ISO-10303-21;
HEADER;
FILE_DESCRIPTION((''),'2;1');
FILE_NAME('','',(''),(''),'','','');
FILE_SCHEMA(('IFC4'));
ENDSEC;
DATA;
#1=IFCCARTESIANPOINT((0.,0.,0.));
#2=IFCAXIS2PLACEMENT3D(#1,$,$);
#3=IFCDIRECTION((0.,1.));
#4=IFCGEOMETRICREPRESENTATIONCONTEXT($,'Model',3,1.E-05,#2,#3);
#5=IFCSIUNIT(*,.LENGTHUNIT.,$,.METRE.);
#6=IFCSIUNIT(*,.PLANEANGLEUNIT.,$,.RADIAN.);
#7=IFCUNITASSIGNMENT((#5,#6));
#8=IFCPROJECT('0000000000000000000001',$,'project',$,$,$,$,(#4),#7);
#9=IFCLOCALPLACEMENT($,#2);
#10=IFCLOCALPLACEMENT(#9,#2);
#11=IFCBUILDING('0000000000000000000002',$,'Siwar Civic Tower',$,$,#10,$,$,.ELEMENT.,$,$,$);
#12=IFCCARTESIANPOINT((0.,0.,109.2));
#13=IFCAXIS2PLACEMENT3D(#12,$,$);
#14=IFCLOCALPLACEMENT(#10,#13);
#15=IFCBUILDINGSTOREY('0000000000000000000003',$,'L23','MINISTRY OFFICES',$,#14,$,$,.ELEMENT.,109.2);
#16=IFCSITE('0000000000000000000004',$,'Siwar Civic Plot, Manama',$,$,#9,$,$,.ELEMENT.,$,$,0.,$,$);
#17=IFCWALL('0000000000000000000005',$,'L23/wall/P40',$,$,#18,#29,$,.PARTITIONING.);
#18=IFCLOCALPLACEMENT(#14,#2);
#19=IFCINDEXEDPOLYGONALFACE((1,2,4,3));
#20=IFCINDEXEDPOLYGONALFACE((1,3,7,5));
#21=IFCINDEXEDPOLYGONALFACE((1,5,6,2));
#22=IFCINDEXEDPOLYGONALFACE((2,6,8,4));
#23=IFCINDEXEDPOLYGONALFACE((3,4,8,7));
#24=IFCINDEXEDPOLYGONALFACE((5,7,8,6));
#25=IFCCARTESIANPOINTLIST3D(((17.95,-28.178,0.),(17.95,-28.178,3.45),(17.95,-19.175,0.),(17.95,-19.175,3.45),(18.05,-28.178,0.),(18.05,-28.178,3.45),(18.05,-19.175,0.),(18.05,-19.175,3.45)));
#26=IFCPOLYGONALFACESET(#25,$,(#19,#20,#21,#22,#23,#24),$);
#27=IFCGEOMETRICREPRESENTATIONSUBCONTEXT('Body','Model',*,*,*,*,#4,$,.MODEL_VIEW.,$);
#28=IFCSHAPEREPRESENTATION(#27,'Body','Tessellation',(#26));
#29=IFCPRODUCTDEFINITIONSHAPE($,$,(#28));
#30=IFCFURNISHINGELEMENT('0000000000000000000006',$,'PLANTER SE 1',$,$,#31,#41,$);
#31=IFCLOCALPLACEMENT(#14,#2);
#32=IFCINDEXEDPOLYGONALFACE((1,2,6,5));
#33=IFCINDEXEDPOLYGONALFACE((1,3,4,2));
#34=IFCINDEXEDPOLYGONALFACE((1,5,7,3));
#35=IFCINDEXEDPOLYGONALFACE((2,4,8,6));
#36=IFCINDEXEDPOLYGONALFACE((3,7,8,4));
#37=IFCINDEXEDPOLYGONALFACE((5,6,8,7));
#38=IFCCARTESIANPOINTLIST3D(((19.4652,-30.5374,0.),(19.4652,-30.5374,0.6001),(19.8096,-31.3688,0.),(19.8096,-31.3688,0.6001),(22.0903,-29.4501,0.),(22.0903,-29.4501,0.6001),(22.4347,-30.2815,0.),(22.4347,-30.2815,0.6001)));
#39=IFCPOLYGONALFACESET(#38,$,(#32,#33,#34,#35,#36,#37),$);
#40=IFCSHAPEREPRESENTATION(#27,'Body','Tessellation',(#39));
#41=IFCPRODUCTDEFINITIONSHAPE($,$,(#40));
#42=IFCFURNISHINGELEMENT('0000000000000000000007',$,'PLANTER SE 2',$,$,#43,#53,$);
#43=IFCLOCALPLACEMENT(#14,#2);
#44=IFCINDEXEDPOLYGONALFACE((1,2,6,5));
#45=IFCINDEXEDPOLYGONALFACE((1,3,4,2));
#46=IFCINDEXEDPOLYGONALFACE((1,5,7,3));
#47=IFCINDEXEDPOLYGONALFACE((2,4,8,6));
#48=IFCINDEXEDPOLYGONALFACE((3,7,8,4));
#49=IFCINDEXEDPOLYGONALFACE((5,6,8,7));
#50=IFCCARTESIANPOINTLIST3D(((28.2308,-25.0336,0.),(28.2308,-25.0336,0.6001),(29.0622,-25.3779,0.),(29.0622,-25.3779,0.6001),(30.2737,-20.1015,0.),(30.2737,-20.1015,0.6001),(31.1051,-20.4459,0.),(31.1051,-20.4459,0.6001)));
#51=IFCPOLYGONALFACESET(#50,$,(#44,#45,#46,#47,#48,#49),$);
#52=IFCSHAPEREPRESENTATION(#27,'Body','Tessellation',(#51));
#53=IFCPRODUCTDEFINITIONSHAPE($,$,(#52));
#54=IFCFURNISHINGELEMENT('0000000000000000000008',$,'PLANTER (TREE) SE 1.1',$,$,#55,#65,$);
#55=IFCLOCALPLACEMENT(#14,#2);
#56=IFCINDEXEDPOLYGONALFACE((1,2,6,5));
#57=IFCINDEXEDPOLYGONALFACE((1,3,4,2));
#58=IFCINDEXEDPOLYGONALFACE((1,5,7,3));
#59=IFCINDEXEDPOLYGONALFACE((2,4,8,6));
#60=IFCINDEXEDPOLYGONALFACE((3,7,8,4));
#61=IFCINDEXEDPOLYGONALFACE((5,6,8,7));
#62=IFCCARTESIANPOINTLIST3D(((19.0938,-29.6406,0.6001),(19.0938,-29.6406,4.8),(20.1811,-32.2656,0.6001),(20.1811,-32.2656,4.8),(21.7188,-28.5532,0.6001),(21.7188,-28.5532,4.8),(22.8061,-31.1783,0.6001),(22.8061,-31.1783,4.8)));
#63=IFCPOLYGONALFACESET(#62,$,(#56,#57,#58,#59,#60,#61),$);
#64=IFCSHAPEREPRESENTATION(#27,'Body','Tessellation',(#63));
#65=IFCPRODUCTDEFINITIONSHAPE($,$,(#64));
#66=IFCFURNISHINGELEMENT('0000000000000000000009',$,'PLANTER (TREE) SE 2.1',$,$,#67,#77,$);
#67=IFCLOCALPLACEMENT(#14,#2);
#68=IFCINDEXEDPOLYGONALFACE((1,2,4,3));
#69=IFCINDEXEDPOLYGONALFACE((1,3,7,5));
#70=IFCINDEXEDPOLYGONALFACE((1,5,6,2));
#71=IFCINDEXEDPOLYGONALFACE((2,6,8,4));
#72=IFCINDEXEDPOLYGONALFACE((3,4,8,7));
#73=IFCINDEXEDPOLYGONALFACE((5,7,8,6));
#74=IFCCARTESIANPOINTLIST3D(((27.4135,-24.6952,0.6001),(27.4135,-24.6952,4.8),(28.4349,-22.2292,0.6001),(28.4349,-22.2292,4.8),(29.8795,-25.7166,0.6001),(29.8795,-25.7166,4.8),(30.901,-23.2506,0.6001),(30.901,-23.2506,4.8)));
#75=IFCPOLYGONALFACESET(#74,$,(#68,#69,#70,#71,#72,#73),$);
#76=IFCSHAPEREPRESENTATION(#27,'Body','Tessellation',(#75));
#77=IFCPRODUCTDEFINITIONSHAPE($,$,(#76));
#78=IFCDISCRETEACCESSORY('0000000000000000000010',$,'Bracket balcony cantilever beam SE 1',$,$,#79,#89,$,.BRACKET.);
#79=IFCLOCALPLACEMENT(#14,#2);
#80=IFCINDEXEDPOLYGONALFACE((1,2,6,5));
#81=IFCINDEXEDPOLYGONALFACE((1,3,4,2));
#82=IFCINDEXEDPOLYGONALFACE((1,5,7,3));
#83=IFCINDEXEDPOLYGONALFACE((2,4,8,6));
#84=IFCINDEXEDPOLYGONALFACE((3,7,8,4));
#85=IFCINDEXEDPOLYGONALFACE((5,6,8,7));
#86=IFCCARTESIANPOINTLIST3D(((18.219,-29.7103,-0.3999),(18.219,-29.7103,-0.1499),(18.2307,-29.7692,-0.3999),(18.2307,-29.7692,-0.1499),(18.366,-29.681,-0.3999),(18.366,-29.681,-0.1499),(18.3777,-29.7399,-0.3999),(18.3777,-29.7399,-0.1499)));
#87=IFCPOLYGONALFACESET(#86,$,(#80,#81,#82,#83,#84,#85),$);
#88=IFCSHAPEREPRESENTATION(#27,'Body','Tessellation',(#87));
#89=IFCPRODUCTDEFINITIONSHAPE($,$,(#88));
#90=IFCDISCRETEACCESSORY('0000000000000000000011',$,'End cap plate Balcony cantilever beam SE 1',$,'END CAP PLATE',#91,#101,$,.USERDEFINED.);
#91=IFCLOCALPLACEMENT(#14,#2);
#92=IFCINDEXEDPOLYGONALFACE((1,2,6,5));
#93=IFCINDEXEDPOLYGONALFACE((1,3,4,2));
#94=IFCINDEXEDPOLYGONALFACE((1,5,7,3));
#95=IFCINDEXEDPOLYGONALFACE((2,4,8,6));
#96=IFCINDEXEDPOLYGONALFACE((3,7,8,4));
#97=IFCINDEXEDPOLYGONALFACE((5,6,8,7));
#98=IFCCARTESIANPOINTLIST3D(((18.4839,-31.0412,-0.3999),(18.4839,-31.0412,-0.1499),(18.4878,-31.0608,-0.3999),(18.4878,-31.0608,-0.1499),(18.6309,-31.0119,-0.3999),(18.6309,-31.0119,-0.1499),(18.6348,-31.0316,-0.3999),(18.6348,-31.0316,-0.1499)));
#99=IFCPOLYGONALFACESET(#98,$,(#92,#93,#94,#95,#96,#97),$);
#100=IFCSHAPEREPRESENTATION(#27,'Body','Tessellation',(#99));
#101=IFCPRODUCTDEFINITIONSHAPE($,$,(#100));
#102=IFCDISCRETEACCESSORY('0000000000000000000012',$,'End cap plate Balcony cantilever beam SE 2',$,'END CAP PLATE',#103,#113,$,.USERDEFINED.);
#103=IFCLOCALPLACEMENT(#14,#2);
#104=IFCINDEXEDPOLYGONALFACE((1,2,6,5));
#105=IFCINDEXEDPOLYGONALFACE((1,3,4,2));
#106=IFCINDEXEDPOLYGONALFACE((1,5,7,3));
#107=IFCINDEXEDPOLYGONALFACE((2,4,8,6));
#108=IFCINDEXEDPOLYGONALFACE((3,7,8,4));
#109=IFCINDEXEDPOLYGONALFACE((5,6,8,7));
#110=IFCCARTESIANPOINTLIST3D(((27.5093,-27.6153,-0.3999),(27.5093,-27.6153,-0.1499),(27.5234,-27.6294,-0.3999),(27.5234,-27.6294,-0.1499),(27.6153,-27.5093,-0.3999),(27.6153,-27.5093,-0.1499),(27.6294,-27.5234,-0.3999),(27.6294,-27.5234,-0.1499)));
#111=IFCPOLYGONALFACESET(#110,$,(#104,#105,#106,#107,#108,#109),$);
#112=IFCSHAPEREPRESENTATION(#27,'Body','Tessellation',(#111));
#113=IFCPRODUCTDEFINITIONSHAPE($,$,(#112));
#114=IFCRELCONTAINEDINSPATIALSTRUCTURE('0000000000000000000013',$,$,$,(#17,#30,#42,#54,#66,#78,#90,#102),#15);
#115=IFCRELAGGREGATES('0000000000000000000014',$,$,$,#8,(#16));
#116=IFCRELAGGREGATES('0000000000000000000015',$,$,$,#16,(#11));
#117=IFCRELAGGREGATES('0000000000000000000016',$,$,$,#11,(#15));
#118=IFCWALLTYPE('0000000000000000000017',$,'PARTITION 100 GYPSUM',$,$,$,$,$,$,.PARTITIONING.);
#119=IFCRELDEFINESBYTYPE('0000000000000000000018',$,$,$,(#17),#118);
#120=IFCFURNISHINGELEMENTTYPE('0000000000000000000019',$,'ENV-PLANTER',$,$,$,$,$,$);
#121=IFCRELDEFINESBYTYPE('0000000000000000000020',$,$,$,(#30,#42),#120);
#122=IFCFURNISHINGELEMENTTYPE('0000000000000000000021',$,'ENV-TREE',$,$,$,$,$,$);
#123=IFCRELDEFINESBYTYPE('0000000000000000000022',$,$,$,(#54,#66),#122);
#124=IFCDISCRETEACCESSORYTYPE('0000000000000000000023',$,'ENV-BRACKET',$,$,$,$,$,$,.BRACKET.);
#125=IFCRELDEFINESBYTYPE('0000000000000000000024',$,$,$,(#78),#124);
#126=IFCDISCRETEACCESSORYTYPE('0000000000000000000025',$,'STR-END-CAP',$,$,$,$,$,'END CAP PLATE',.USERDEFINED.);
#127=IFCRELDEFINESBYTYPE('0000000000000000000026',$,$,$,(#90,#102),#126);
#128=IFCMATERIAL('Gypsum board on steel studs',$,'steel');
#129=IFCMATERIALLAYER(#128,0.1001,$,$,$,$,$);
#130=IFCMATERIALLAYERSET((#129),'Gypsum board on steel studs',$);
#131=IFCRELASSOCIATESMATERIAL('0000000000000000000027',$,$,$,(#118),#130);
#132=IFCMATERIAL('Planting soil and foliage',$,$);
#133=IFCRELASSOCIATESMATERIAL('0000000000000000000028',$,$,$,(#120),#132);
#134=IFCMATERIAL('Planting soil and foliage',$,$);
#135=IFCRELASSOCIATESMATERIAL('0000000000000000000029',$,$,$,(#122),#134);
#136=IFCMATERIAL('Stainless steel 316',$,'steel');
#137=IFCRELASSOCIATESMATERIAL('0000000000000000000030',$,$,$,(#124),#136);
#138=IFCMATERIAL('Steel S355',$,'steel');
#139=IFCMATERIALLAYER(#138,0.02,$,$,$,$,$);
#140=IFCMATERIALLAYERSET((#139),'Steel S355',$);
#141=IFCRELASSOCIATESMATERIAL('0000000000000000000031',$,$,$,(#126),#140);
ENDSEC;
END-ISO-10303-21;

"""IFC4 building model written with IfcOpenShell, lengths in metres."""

from ifc_helpers import new_model, si_unit, direction, frame, frame_2d, origin, origin_2d, place, context, subcontext, project, spatial, rectangle, extrude, material, layer, layer_set, type_object, element, save


model = new_model("IFC4")

# Units and contexts
model_context = context("Model", 3, precision=1e-05, world=origin(), true_north=direction((0.0, 1.0)))
body_context = subcontext(model_context, "Body", "Model", "MODEL_VIEW")
ifc_project = project(units=[si_unit("LENGTHUNIT", "METRE"), si_unit("PLANEANGLEUNIT", "RADIAN")], contexts=[model_context])

# Site, building, storey
site_placement = place(None, origin())
site = spatial("IfcSite", under=ifc_project, at=site_placement, Name="Siwar Civic Plot, Manama", CompositionType="ELEMENT", RefElevation=0.0)
building_placement = place(site_placement, origin())
building = spatial("IfcBuilding", under=site, at=building_placement, Name="Siwar Civic Tower", CompositionType="ELEMENT")
storey_placement = place(building_placement, frame((0.0, 0.0, 109.2)))
storey = spatial("IfcBuildingStorey", under=building, at=storey_placement, Name="L23", Description="MINISTRY OFFICES", CompositionType="ELEMENT", Elevation=109.2)

# Wall
ifc_material_1 = material(Name="Gypsum board on steel studs", Category="steel")
ifc_layer_1 = layer(ifc_material_1, 0.1001)
ifc_layer_set_1 = layer_set([ifc_layer_1], Name="Gypsum board on steel studs")
wall_type_1 = type_object("IfcWallType", Name="PARTITION 100 GYPSUM", PredefinedType="PARTITIONING", material=ifc_layer_set_1)
wall_1_placement = place(storey_placement, frame((18.0, -28.178, 0.0), z_axis=(0.0, 0.0, 1.0), x_axis=(0.0, 1.0, 0.0)))
element("IfcWall", 1, at=wall_1_placement, inside=storey, type_object=wall_type_1, Name="L23/wall/P40", PredefinedType="PARTITIONING", context=body_context, shape_type="SweptSolid", body=[
    extrude(rectangle(XDim=9.0029, YDim=0.1001, at=frame_2d((4.5015, 0.0))), origin(), (0.0, 0.0, 1.0), 3.45),
])

# Furnishing elements
ifc_material_2 = material(Name="Planting soil and foliage")
furnishing_element_type_1 = type_object("IfcFurnishingElementType", Name="ENV-PLANTER", material=ifc_material_2)
furnishing_1_placement = place(storey_placement, frame((20.95, -30.4094, 0.0), z_axis=(0.0, 0.0, 1.0), x_axis=(0.92388, 0.382683, 0.0)))
element("IfcFurnishingElement", 2, at=furnishing_1_placement, inside=storey, type_object=furnishing_element_type_1, Name="PLANTER SE 1", context=body_context, shape_type="SweptSolid", body=[
    extrude(rectangle(XDim=2.8413, YDim=0.8999, at=origin_2d()), origin(), (0.0, 0.0, 1.0), 0.6001),
])
furnishing_2_placement = place(storey_placement, frame((29.668, -22.7397, 0.0), z_axis=(0.0, 0.0, 1.0), x_axis=(0.382683, 0.92388, 0.0)))
element("IfcFurnishingElement", 3, at=furnishing_2_placement, inside=storey, type_object=furnishing_element_type_1, Name="PLANTER SE 2", context=body_context, shape_type="SweptSolid", body=[
    extrude(rectangle(XDim=5.3384, YDim=0.8999, at=origin_2d()), origin(), (0.0, 0.0, 1.0), 0.6001),
])
ifc_material_3 = material(Name="Planting soil and foliage")
furnishing_element_type_2 = type_object("IfcFurnishingElementType", Name="ENV-TREE", material=ifc_material_3)
furnishing_3_placement = place(storey_placement, frame((20.95, -30.4094, 0.6001), z_axis=(0.0, 0.0, 1.0), x_axis=(0.92388, 0.382683, 0.0)))
element("IfcFurnishingElement", 4, at=furnishing_3_placement, inside=storey, type_object=furnishing_element_type_2, Name="PLANTER (TREE) SE 1.1", context=body_context, shape_type="SweptSolid", body=[
    extrude(rectangle(XDim=2.8413, YDim=2.8413, at=origin_2d()), origin(), (0.0, 0.0, 1.0), 4.2),
])
furnishing_4_placement = place(storey_placement, frame((29.1572, -23.9729, 0.6001), z_axis=(0.0, 0.0, 1.0), x_axis=(0.382683, 0.92388, 0.0)))
element("IfcFurnishingElement", 5, at=furnishing_4_placement, inside=storey, type_object=furnishing_element_type_2, Name="PLANTER (TREE) SE 2.1", context=body_context, shape_type="SweptSolid", body=[
    extrude(rectangle(XDim=2.6692, YDim=2.6692, at=origin_2d()), origin(), (0.0, 0.0, 1.0), 4.2),
])

# Discrete accessories
ifc_material_4 = material(Name="Stainless steel 316", Category="steel")
discrete_accessory_type_1 = type_object("IfcDiscreteAccessoryType", Name="ENV-BRACKET", PredefinedType="BRACKET", material=ifc_material_4)
discrete_accessory_placement = place(storey_placement, frame((18.2983, -29.7251, -0.3999), z_axis=(0.0, 0.0, 1.0), x_axis=(0.19509, -0.980785, 0.0)))
element("IfcDiscreteAccessory", 6, at=discrete_accessory_placement, inside=storey, type_object=discrete_accessory_type_1, Name="Bracket balcony cantilever beam SE 1", PredefinedType="BRACKET", context=body_context, shape_type="SweptSolid", body=[
    extrude(rectangle(XDim=0.0601, YDim=0.1499, at=origin_2d()), origin(), (0.0, 0.0, 1.0), 0.25),
])
ifc_material_5 = material(Name="Steel S355", Category="steel")
ifc_layer_2 = layer(ifc_material_5, 0.02)
ifc_layer_set_2 = layer_set([ifc_layer_2], Name="Steel S355")
discrete_accessory_type_2 = type_object("IfcDiscreteAccessoryType", Name="STR-END-CAP", ElementType="END CAP PLATE", PredefinedType="USERDEFINED", material=ifc_layer_set_2)
for number, where, z_axis, x_axis, name in (
    (7, (18.5593, -31.0364, -0.3999), (0.0, 0.0, 1.0), (0.19509, -0.980785, 0.0), "End cap plate Balcony cantilever beam SE 1"),
    (8, (27.5693, -27.5693, -0.3999), (0.0, 0.0, 1.0), (0.707107, -0.707107, 0.0), "End cap plate Balcony cantilever beam SE 2"),
):
    element("IfcDiscreteAccessory", number, at=place(storey_placement, frame(where, z_axis=z_axis, x_axis=x_axis)), inside=storey, type_object=discrete_accessory_type_2, Name=name, ObjectType="END CAP PLATE", PredefinedType="USERDEFINED", context=body_context, shape_type="SweptSolid", body=[
        extrude(rectangle(XDim=0.02, YDim=0.1499, at=origin_2d()), origin(), (0.0, 0.0, 1.0), 0.25),
    ])

save(model, "model.ifc")
